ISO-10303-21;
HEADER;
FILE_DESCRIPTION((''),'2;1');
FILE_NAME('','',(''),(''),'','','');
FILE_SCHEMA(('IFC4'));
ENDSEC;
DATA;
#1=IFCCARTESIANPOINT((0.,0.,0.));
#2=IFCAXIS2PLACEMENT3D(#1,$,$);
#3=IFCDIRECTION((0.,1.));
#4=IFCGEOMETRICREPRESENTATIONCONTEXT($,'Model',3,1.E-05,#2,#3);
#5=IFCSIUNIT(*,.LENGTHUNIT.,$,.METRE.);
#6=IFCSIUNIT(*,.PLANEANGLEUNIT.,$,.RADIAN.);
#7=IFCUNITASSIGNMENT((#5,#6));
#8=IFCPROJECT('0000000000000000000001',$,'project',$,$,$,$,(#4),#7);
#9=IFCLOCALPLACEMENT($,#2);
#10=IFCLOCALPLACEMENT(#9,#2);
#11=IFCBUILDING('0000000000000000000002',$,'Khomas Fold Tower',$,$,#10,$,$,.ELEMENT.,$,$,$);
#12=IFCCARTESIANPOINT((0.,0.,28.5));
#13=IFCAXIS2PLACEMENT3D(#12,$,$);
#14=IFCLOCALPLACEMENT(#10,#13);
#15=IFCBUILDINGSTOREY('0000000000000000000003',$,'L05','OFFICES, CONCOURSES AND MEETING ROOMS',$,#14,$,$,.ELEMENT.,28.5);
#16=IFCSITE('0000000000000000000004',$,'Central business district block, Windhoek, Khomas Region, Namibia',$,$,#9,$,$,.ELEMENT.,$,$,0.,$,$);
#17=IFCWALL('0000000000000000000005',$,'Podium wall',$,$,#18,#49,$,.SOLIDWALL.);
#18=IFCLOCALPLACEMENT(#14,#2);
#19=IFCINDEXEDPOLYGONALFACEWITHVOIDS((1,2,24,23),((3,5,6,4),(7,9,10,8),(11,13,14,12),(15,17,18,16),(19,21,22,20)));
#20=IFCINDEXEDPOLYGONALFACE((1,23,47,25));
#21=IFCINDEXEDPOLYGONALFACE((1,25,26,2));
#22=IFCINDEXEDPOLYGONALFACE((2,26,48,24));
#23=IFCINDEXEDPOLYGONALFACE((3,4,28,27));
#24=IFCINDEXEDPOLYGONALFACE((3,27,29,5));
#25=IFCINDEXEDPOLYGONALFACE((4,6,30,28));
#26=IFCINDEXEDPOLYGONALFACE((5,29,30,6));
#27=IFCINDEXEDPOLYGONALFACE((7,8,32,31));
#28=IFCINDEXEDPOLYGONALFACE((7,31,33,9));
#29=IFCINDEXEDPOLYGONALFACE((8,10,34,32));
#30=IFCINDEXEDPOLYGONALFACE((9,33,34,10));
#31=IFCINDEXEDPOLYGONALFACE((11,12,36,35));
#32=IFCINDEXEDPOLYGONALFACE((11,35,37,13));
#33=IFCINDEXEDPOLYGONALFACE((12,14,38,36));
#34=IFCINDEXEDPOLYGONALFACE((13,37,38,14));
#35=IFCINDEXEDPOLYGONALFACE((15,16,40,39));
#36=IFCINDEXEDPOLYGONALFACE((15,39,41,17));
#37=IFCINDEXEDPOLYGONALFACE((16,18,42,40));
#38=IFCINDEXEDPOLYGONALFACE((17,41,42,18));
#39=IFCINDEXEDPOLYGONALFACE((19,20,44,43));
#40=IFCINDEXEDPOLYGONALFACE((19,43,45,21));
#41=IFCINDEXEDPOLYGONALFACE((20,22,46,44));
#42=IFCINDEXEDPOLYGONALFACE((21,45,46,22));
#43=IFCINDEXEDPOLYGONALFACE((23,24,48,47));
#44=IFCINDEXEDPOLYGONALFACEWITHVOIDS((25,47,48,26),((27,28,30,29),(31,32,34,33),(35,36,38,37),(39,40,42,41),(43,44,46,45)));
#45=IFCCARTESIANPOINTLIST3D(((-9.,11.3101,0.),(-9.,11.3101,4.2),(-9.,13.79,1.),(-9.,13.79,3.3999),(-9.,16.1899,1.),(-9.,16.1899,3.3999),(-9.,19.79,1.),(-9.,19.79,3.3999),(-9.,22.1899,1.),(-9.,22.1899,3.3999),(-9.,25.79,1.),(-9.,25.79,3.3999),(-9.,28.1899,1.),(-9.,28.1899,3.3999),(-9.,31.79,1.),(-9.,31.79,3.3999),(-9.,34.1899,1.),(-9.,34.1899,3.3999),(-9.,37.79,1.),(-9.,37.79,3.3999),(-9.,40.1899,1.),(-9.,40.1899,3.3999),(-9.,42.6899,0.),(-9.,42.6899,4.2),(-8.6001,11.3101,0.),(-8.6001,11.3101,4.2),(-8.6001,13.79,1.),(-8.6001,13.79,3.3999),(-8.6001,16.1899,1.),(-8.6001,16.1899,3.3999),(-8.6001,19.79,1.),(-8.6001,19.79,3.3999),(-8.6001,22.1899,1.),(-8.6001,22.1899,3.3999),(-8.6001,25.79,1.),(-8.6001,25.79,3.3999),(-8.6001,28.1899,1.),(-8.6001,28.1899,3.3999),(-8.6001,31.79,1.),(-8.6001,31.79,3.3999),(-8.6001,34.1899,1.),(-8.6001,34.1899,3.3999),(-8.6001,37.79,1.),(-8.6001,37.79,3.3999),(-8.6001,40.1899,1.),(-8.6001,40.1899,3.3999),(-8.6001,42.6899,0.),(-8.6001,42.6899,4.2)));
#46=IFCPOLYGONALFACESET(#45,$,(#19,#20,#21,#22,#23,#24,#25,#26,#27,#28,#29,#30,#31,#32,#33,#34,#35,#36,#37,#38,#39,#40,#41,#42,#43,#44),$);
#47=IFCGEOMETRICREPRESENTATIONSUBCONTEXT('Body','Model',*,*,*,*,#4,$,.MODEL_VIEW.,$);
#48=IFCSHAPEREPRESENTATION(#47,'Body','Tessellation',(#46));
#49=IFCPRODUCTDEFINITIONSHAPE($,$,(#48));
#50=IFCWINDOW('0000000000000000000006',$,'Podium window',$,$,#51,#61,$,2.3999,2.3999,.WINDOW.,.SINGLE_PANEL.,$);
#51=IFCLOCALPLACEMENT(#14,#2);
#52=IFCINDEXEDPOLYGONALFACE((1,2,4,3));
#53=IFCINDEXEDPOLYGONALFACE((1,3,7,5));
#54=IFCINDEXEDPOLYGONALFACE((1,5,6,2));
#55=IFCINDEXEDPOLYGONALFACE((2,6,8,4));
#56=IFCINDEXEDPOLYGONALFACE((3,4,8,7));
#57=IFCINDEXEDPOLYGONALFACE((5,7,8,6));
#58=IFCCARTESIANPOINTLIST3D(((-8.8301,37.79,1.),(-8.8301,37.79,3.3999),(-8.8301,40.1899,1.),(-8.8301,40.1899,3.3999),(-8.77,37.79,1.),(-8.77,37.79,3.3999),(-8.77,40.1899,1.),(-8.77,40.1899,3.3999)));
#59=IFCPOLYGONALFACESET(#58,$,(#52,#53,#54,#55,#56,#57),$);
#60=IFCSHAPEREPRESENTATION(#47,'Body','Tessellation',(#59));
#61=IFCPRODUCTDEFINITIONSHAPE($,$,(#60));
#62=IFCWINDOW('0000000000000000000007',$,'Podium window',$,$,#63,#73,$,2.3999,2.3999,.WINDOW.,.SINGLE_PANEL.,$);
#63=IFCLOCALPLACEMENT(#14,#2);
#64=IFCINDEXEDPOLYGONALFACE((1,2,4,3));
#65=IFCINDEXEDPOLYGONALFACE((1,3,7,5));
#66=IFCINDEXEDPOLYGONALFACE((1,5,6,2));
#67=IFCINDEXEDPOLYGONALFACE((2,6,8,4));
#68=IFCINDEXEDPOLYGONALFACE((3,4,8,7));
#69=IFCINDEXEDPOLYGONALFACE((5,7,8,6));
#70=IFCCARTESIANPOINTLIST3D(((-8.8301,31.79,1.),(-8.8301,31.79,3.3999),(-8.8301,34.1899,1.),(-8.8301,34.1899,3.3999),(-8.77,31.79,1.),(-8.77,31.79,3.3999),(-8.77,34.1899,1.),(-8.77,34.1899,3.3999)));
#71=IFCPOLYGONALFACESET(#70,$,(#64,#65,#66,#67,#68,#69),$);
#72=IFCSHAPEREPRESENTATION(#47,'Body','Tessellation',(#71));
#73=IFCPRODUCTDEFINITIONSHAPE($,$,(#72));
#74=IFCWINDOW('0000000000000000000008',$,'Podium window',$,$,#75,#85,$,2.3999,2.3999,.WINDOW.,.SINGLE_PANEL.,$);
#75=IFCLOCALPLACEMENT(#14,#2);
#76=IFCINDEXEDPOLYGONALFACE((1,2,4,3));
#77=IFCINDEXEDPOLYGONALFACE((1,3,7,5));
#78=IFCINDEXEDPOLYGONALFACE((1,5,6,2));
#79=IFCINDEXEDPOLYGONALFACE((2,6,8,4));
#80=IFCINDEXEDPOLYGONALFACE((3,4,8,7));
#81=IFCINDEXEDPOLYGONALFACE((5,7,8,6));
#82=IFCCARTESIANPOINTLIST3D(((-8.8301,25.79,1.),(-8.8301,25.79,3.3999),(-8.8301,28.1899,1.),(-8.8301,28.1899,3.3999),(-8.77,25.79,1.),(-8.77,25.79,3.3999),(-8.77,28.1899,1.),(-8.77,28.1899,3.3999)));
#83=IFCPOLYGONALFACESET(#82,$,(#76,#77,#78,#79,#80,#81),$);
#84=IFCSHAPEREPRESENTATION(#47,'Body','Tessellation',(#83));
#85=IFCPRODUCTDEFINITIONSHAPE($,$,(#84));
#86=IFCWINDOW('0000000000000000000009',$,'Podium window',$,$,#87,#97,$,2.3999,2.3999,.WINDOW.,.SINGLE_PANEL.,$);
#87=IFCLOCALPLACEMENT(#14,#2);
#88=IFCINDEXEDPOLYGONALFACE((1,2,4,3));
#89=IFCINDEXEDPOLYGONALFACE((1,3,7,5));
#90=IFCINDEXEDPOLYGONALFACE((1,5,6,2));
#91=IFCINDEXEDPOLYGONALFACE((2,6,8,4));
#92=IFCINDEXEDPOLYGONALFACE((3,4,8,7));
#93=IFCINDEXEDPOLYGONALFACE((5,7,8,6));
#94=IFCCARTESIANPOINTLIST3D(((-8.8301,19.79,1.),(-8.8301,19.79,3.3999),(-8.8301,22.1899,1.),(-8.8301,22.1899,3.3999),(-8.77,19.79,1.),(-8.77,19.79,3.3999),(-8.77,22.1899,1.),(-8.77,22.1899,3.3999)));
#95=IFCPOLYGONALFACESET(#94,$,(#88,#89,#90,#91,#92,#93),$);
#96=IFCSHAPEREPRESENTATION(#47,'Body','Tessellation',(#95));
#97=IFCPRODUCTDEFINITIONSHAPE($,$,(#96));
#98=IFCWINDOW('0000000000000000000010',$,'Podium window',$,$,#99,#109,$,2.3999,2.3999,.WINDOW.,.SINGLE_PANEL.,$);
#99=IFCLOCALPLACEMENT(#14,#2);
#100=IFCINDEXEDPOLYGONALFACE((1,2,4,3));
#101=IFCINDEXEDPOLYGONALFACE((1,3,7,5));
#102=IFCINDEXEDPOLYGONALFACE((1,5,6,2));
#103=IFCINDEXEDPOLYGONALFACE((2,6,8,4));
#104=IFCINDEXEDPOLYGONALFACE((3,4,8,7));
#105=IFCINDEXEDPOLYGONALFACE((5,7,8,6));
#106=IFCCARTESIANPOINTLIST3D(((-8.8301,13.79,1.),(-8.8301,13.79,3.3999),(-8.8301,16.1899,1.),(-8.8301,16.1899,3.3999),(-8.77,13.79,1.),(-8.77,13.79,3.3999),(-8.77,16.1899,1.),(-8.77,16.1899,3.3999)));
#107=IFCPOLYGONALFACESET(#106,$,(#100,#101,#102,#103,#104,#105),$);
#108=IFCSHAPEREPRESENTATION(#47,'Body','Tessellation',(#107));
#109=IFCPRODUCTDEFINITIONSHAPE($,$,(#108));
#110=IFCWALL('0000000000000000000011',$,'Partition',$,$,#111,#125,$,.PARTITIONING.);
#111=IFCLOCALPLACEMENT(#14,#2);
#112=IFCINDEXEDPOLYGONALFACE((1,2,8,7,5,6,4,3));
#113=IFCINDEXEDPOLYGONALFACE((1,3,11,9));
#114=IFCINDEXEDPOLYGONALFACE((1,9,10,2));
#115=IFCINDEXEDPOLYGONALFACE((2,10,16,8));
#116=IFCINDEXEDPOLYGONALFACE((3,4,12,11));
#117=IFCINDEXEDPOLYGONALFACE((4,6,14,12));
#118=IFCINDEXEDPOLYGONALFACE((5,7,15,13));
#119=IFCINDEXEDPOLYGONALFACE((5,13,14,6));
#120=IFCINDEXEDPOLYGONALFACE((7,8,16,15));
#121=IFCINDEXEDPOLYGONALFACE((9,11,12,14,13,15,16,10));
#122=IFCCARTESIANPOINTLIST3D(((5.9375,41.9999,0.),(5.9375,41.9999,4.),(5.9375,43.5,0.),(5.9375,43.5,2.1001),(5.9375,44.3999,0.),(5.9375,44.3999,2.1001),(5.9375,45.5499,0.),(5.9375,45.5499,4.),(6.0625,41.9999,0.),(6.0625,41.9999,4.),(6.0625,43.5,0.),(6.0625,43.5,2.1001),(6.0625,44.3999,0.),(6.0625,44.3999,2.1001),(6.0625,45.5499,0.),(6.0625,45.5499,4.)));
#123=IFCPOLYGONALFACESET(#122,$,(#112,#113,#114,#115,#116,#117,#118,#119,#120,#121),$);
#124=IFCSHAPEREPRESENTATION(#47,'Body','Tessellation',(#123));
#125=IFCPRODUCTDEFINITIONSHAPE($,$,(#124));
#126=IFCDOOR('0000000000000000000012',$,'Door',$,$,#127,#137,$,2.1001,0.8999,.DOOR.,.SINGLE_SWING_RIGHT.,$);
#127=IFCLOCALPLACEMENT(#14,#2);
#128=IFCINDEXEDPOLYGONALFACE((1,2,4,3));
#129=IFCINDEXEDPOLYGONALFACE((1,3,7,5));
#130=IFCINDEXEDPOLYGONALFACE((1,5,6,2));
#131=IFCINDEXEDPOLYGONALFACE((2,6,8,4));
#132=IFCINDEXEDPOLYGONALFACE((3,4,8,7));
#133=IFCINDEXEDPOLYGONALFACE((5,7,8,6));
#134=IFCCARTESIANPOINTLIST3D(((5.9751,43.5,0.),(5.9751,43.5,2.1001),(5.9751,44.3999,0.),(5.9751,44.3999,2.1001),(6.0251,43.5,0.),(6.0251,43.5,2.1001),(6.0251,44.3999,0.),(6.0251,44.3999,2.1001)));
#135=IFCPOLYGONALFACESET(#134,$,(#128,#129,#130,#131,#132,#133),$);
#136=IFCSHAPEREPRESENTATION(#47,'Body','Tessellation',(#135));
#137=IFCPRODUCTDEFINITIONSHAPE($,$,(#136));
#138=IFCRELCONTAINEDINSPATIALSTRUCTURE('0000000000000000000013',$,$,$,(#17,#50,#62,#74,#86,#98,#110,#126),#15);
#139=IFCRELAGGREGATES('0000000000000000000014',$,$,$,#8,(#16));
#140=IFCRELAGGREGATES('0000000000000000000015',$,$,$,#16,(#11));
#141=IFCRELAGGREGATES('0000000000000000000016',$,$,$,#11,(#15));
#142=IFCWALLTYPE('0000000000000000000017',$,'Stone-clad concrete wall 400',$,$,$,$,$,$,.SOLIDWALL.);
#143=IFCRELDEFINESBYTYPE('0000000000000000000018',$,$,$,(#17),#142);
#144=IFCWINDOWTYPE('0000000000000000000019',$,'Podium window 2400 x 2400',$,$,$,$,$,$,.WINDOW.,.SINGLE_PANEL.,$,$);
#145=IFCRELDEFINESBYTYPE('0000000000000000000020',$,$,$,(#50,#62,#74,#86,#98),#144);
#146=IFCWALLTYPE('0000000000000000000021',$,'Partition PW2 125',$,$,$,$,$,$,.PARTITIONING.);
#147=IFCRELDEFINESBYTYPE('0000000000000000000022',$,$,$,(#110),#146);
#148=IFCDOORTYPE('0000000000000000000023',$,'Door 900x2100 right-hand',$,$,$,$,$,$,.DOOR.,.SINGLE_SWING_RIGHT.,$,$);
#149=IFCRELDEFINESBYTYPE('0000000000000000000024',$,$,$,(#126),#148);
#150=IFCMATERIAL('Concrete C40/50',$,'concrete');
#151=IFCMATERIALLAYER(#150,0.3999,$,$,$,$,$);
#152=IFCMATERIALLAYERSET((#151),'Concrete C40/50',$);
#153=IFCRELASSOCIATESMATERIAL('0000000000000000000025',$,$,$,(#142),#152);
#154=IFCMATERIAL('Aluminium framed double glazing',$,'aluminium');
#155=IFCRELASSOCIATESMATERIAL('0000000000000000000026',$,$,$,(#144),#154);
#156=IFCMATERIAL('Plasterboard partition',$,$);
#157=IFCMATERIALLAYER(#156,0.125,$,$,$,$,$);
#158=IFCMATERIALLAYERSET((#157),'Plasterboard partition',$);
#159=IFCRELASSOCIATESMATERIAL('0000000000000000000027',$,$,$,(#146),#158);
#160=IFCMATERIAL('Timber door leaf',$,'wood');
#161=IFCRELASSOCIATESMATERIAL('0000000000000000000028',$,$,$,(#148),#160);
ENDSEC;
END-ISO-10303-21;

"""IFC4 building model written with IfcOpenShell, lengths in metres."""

from ifc_helpers import new_model, si_unit, direction, frame, frame_2d, origin, place, context, subcontext, project, spatial, rectangle, extrude, source, transform, mapped, material, layer, layer_set, type_object, element, fill, save


model = new_model("IFC4")

# Units and contexts
model_context = context("Model", 3, precision=1e-05, world=origin(), true_north=direction((0.0, 1.0)))
body_context = subcontext(model_context, "Body", "Model", "MODEL_VIEW")
ifc_project = project(units=[si_unit("LENGTHUNIT", "METRE"), si_unit("PLANEANGLEUNIT", "RADIAN")], contexts=[model_context])

# Site, building, storey
site_placement = place(None, origin())
site = spatial("IfcSite", under=ifc_project, at=site_placement, Name="Central business district block, Windhoek, Khomas Region, Namibia", CompositionType="ELEMENT", RefElevation=0.0)
building_placement = place(site_placement, origin())
building = spatial("IfcBuilding", under=site, at=building_placement, Name="Khomas Fold Tower", CompositionType="ELEMENT")
storey_placement = place(building_placement, frame((0.0, 0.0, 28.5)))
storey = spatial("IfcBuildingStorey", under=building, at=storey_placement, Name="L05", Description="OFFICES, CONCOURSES AND MEETING ROOMS", CompositionType="ELEMENT", Elevation=28.5)

# Wall, openings, windows
ifc_material_1 = material(Name="Concrete C40/50", Category="concrete")
ifc_layer_1 = layer(ifc_material_1, 0.3999)
ifc_layer_set_1 = layer_set([ifc_layer_1], Name="Concrete C40/50")
wall_type_1 = type_object("IfcWallType", Name="Stone-clad concrete wall 400", PredefinedType="SOLIDWALL", material=ifc_layer_set_1)
shared_shape_1 = source(origin(), body_context, "Body", "SweptSolid", [
    extrude(rectangle(XDim=31.3799, YDim=0.3999, at=frame_2d((15.6899, 0.0))), origin(), (0.0, 0.0, 1.0), 4.2),
])
wall_1_placement = place(storey_placement, frame((-8.8, 42.6899, 0.0), z_axis=(0.0, 0.0, 1.0), x_axis=(0.0, -1.0, 0.0)))
wall_1 = element("IfcWall", 1, at=wall_1_placement, inside=storey, type_object=wall_type_1, Name="Podium wall", PredefinedType="SOLIDWALL", context=body_context, shape_type="MappedRepresentation", body=[
    mapped(shared_shape_1, transform((0.0, 0.0, 0.0))),
])
shared_shape_2 = source(origin(), body_context, "Body", "SweptSolid", [
    extrude(rectangle(XDim=2.3999, YDim=2.3999, at=frame_2d((1.2, 1.2))), frame((0.0, 0.21, 0.0), z_axis=(0.0, -1.0, 0.0), x_axis=(1.0, 0.0, 0.0)), (0.0, 0.0, 1.0), 0.4199),
])
opening_1_placement = place(wall_1_placement, frame((2.5, 0.0, 1.0)))
opening_1 = element("IfcOpeningElement", 2, at=opening_1_placement, cuts=wall_1, PredefinedType="OPENING", context=body_context, shape_type="MappedRepresentation", body=[
    mapped(shared_shape_2, transform((0.0, 0.0, 0.0))),
])
opening_2_placement = place(wall_1_placement, frame((8.5, 0.0, 1.0)))
opening_2 = element("IfcOpeningElement", 3, at=opening_2_placement, cuts=wall_1, PredefinedType="OPENING", context=body_context, shape_type="MappedRepresentation", body=[
    mapped(shared_shape_2, transform((0.0, 0.0, 0.0))),
])
opening_3_placement = place(wall_1_placement, frame((14.5, 0.0, 1.0)))
opening_3 = element("IfcOpeningElement", 4, at=opening_3_placement, cuts=wall_1, PredefinedType="OPENING", context=body_context, shape_type="MappedRepresentation", body=[
    mapped(shared_shape_2, transform((0.0, 0.0, 0.0))),
])
opening_4_placement = place(wall_1_placement, frame((20.5, 0.0, 1.0)))
opening_4 = element("IfcOpeningElement", 5, at=opening_4_placement, cuts=wall_1, PredefinedType="OPENING", context=body_context, shape_type="MappedRepresentation", body=[
    mapped(shared_shape_2, transform((0.0, 0.0, 0.0))),
])
opening_5_placement = place(wall_1_placement, frame((26.5, 0.0, 1.0)))
opening_5 = element("IfcOpeningElement", 6, at=opening_5_placement, cuts=wall_1, PredefinedType="OPENING", context=body_context, shape_type="MappedRepresentation", body=[
    mapped(shared_shape_2, transform((0.0, 0.0, 0.0))),
])
ifc_material_2 = material(Name="Aluminium framed double glazing", Category="aluminium")
window_type = type_object("IfcWindowType", Name="Podium window 2400 x 2400", PartitioningType="SINGLE_PANEL", PredefinedType="WINDOW", material=ifc_material_2)
shared_shape_3 = source(origin(), body_context, "Body", "SweptSolid", [
    extrude(rectangle(XDim=2.3999, YDim=2.3999, at=frame_2d((1.2, 1.2))), frame((0.0, 0.03, 0.0), z_axis=(0.0, -1.0, 0.0), x_axis=(1.0, 0.0, 0.0)), (0.0, 0.0, 1.0), 0.0601),
])
window_1_placement = place(opening_1_placement, origin())
window_1 = element("IfcWindow", 7, at=window_1_placement, inside=storey, type_object=window_type, Name="Podium window", OverallHeight=2.3999, OverallWidth=2.3999, PartitioningType="SINGLE_PANEL", PredefinedType="WINDOW", context=body_context, shape_type="MappedRepresentation", body=[
    mapped(shared_shape_3, transform((0.0, 0.0, 0.0))),
])
fill(opening_1, window_1)
window_2_placement = place(opening_2_placement, origin())
window_2 = element("IfcWindow", 8, at=window_2_placement, inside=storey, type_object=window_type, Name="Podium window", OverallHeight=2.3999, OverallWidth=2.3999, PartitioningType="SINGLE_PANEL", PredefinedType="WINDOW", context=body_context, shape_type="MappedRepresentation", body=[
    mapped(shared_shape_3, transform((0.0, 0.0, 0.0))),
])
fill(opening_2, window_2)
window_3_placement = place(opening_3_placement, origin())
window_3 = element("IfcWindow", 9, at=window_3_placement, inside=storey, type_object=window_type, Name="Podium window", OverallHeight=2.3999, OverallWidth=2.3999, PartitioningType="SINGLE_PANEL", PredefinedType="WINDOW", context=body_context, shape_type="MappedRepresentation", body=[
    mapped(shared_shape_3, transform((0.0, 0.0, 0.0))),
])
fill(opening_3, window_3)
window_4_placement = place(opening_4_placement, origin())
window_4 = element("IfcWindow", 10, at=window_4_placement, inside=storey, type_object=window_type, Name="Podium window", OverallHeight=2.3999, OverallWidth=2.3999, PartitioningType="SINGLE_PANEL", PredefinedType="WINDOW", context=body_context, shape_type="MappedRepresentation", body=[
    mapped(shared_shape_3, transform((0.0, 0.0, 0.0))),
])
fill(opening_4, window_4)
window_5_placement = place(opening_5_placement, origin())
window_5 = element("IfcWindow", 11, at=window_5_placement, inside=storey, type_object=window_type, Name="Podium window", OverallHeight=2.3999, OverallWidth=2.3999, PartitioningType="SINGLE_PANEL", PredefinedType="WINDOW", context=body_context, shape_type="MappedRepresentation", body=[
    mapped(shared_shape_3, transform((0.0, 0.0, 0.0))),
])
fill(opening_5, window_5)

# Wall, opening, door
ifc_material_3 = material(Name="Plasterboard partition")
ifc_layer_2 = layer(ifc_material_3, 0.125)
ifc_layer_set_2 = layer_set([ifc_layer_2], Name="Plasterboard partition")
wall_type_2 = type_object("IfcWallType", Name="Partition PW2 125", PredefinedType="PARTITIONING", material=ifc_layer_set_2)
shared_shape_4 = source(origin(), body_context, "Body", "SweptSolid", [
    extrude(rectangle(XDim=3.55, YDim=0.125, at=frame_2d((1.7749, 0.0))), origin(), (0.0, 0.0, 1.0), 4.0),
])
wall_2_placement = place(storey_placement, frame((6.0, 42.0, 0.0), z_axis=(0.0, 0.0, 1.0), x_axis=(0.0, 1.0, 0.0)))
wall_2 = element("IfcWall", 12, at=wall_2_placement, inside=storey, type_object=wall_type_2, Name="Partition", PredefinedType="PARTITIONING", context=body_context, shape_type="MappedRepresentation", body=[
    mapped(shared_shape_4, transform((0.0, 0.0, 0.0))),
])
shared_shape_5 = source(origin(), body_context, "Body", "SweptSolid", [
    extrude(rectangle(XDim=0.8999, YDim=2.1001, at=frame_2d((0.45, 1.05))), frame((0.0, 0.0725, 0.0), z_axis=(0.0, -1.0, 0.0), x_axis=(1.0, 0.0, 0.0)), (0.0, 0.0, 1.0), 0.145),
])
opening_6_placement = place(wall_2_placement, frame((1.5, 0.0, 0.0)))
opening_6 = element("IfcOpeningElement", 13, at=opening_6_placement, cuts=wall_2, PredefinedType="OPENING", context=body_context, shape_type="MappedRepresentation", body=[
    mapped(shared_shape_5, transform((0.0, 0.0, 0.0))),
])
ifc_material_4 = material(Name="Timber door leaf", Category="wood")
door_type_1 = type_object("IfcDoorType", Name="Door 900x2100 right-hand", OperationType="SINGLE_SWING_RIGHT", PredefinedType="DOOR", material=ifc_material_4)
shared_shape_6 = source(origin(), body_context, "Body", "SweptSolid", [
    extrude(rectangle(XDim=0.8999, YDim=2.1001, at=frame_2d((0.45, 1.05))), frame((0.0, 0.0249, 0.0), z_axis=(0.0, -1.0, 0.0), x_axis=(1.0, 0.0, 0.0)), (0.0, 0.0, 1.0), 0.05),
])
door_1_placement = place(opening_6_placement, origin())
door_1 = element("IfcDoor", 14, at=door_1_placement, inside=storey, type_object=door_type_1, Name="Door", OperationType="SINGLE_SWING_RIGHT", OverallHeight=2.1001, OverallWidth=0.8999, PredefinedType="DOOR", context=body_context, shape_type="MappedRepresentation", body=[
    mapped(shared_shape_6, transform((0.0, 0.0, 0.0))),
])
fill(opening_6, door_1)

save(model, "model.ifc")
